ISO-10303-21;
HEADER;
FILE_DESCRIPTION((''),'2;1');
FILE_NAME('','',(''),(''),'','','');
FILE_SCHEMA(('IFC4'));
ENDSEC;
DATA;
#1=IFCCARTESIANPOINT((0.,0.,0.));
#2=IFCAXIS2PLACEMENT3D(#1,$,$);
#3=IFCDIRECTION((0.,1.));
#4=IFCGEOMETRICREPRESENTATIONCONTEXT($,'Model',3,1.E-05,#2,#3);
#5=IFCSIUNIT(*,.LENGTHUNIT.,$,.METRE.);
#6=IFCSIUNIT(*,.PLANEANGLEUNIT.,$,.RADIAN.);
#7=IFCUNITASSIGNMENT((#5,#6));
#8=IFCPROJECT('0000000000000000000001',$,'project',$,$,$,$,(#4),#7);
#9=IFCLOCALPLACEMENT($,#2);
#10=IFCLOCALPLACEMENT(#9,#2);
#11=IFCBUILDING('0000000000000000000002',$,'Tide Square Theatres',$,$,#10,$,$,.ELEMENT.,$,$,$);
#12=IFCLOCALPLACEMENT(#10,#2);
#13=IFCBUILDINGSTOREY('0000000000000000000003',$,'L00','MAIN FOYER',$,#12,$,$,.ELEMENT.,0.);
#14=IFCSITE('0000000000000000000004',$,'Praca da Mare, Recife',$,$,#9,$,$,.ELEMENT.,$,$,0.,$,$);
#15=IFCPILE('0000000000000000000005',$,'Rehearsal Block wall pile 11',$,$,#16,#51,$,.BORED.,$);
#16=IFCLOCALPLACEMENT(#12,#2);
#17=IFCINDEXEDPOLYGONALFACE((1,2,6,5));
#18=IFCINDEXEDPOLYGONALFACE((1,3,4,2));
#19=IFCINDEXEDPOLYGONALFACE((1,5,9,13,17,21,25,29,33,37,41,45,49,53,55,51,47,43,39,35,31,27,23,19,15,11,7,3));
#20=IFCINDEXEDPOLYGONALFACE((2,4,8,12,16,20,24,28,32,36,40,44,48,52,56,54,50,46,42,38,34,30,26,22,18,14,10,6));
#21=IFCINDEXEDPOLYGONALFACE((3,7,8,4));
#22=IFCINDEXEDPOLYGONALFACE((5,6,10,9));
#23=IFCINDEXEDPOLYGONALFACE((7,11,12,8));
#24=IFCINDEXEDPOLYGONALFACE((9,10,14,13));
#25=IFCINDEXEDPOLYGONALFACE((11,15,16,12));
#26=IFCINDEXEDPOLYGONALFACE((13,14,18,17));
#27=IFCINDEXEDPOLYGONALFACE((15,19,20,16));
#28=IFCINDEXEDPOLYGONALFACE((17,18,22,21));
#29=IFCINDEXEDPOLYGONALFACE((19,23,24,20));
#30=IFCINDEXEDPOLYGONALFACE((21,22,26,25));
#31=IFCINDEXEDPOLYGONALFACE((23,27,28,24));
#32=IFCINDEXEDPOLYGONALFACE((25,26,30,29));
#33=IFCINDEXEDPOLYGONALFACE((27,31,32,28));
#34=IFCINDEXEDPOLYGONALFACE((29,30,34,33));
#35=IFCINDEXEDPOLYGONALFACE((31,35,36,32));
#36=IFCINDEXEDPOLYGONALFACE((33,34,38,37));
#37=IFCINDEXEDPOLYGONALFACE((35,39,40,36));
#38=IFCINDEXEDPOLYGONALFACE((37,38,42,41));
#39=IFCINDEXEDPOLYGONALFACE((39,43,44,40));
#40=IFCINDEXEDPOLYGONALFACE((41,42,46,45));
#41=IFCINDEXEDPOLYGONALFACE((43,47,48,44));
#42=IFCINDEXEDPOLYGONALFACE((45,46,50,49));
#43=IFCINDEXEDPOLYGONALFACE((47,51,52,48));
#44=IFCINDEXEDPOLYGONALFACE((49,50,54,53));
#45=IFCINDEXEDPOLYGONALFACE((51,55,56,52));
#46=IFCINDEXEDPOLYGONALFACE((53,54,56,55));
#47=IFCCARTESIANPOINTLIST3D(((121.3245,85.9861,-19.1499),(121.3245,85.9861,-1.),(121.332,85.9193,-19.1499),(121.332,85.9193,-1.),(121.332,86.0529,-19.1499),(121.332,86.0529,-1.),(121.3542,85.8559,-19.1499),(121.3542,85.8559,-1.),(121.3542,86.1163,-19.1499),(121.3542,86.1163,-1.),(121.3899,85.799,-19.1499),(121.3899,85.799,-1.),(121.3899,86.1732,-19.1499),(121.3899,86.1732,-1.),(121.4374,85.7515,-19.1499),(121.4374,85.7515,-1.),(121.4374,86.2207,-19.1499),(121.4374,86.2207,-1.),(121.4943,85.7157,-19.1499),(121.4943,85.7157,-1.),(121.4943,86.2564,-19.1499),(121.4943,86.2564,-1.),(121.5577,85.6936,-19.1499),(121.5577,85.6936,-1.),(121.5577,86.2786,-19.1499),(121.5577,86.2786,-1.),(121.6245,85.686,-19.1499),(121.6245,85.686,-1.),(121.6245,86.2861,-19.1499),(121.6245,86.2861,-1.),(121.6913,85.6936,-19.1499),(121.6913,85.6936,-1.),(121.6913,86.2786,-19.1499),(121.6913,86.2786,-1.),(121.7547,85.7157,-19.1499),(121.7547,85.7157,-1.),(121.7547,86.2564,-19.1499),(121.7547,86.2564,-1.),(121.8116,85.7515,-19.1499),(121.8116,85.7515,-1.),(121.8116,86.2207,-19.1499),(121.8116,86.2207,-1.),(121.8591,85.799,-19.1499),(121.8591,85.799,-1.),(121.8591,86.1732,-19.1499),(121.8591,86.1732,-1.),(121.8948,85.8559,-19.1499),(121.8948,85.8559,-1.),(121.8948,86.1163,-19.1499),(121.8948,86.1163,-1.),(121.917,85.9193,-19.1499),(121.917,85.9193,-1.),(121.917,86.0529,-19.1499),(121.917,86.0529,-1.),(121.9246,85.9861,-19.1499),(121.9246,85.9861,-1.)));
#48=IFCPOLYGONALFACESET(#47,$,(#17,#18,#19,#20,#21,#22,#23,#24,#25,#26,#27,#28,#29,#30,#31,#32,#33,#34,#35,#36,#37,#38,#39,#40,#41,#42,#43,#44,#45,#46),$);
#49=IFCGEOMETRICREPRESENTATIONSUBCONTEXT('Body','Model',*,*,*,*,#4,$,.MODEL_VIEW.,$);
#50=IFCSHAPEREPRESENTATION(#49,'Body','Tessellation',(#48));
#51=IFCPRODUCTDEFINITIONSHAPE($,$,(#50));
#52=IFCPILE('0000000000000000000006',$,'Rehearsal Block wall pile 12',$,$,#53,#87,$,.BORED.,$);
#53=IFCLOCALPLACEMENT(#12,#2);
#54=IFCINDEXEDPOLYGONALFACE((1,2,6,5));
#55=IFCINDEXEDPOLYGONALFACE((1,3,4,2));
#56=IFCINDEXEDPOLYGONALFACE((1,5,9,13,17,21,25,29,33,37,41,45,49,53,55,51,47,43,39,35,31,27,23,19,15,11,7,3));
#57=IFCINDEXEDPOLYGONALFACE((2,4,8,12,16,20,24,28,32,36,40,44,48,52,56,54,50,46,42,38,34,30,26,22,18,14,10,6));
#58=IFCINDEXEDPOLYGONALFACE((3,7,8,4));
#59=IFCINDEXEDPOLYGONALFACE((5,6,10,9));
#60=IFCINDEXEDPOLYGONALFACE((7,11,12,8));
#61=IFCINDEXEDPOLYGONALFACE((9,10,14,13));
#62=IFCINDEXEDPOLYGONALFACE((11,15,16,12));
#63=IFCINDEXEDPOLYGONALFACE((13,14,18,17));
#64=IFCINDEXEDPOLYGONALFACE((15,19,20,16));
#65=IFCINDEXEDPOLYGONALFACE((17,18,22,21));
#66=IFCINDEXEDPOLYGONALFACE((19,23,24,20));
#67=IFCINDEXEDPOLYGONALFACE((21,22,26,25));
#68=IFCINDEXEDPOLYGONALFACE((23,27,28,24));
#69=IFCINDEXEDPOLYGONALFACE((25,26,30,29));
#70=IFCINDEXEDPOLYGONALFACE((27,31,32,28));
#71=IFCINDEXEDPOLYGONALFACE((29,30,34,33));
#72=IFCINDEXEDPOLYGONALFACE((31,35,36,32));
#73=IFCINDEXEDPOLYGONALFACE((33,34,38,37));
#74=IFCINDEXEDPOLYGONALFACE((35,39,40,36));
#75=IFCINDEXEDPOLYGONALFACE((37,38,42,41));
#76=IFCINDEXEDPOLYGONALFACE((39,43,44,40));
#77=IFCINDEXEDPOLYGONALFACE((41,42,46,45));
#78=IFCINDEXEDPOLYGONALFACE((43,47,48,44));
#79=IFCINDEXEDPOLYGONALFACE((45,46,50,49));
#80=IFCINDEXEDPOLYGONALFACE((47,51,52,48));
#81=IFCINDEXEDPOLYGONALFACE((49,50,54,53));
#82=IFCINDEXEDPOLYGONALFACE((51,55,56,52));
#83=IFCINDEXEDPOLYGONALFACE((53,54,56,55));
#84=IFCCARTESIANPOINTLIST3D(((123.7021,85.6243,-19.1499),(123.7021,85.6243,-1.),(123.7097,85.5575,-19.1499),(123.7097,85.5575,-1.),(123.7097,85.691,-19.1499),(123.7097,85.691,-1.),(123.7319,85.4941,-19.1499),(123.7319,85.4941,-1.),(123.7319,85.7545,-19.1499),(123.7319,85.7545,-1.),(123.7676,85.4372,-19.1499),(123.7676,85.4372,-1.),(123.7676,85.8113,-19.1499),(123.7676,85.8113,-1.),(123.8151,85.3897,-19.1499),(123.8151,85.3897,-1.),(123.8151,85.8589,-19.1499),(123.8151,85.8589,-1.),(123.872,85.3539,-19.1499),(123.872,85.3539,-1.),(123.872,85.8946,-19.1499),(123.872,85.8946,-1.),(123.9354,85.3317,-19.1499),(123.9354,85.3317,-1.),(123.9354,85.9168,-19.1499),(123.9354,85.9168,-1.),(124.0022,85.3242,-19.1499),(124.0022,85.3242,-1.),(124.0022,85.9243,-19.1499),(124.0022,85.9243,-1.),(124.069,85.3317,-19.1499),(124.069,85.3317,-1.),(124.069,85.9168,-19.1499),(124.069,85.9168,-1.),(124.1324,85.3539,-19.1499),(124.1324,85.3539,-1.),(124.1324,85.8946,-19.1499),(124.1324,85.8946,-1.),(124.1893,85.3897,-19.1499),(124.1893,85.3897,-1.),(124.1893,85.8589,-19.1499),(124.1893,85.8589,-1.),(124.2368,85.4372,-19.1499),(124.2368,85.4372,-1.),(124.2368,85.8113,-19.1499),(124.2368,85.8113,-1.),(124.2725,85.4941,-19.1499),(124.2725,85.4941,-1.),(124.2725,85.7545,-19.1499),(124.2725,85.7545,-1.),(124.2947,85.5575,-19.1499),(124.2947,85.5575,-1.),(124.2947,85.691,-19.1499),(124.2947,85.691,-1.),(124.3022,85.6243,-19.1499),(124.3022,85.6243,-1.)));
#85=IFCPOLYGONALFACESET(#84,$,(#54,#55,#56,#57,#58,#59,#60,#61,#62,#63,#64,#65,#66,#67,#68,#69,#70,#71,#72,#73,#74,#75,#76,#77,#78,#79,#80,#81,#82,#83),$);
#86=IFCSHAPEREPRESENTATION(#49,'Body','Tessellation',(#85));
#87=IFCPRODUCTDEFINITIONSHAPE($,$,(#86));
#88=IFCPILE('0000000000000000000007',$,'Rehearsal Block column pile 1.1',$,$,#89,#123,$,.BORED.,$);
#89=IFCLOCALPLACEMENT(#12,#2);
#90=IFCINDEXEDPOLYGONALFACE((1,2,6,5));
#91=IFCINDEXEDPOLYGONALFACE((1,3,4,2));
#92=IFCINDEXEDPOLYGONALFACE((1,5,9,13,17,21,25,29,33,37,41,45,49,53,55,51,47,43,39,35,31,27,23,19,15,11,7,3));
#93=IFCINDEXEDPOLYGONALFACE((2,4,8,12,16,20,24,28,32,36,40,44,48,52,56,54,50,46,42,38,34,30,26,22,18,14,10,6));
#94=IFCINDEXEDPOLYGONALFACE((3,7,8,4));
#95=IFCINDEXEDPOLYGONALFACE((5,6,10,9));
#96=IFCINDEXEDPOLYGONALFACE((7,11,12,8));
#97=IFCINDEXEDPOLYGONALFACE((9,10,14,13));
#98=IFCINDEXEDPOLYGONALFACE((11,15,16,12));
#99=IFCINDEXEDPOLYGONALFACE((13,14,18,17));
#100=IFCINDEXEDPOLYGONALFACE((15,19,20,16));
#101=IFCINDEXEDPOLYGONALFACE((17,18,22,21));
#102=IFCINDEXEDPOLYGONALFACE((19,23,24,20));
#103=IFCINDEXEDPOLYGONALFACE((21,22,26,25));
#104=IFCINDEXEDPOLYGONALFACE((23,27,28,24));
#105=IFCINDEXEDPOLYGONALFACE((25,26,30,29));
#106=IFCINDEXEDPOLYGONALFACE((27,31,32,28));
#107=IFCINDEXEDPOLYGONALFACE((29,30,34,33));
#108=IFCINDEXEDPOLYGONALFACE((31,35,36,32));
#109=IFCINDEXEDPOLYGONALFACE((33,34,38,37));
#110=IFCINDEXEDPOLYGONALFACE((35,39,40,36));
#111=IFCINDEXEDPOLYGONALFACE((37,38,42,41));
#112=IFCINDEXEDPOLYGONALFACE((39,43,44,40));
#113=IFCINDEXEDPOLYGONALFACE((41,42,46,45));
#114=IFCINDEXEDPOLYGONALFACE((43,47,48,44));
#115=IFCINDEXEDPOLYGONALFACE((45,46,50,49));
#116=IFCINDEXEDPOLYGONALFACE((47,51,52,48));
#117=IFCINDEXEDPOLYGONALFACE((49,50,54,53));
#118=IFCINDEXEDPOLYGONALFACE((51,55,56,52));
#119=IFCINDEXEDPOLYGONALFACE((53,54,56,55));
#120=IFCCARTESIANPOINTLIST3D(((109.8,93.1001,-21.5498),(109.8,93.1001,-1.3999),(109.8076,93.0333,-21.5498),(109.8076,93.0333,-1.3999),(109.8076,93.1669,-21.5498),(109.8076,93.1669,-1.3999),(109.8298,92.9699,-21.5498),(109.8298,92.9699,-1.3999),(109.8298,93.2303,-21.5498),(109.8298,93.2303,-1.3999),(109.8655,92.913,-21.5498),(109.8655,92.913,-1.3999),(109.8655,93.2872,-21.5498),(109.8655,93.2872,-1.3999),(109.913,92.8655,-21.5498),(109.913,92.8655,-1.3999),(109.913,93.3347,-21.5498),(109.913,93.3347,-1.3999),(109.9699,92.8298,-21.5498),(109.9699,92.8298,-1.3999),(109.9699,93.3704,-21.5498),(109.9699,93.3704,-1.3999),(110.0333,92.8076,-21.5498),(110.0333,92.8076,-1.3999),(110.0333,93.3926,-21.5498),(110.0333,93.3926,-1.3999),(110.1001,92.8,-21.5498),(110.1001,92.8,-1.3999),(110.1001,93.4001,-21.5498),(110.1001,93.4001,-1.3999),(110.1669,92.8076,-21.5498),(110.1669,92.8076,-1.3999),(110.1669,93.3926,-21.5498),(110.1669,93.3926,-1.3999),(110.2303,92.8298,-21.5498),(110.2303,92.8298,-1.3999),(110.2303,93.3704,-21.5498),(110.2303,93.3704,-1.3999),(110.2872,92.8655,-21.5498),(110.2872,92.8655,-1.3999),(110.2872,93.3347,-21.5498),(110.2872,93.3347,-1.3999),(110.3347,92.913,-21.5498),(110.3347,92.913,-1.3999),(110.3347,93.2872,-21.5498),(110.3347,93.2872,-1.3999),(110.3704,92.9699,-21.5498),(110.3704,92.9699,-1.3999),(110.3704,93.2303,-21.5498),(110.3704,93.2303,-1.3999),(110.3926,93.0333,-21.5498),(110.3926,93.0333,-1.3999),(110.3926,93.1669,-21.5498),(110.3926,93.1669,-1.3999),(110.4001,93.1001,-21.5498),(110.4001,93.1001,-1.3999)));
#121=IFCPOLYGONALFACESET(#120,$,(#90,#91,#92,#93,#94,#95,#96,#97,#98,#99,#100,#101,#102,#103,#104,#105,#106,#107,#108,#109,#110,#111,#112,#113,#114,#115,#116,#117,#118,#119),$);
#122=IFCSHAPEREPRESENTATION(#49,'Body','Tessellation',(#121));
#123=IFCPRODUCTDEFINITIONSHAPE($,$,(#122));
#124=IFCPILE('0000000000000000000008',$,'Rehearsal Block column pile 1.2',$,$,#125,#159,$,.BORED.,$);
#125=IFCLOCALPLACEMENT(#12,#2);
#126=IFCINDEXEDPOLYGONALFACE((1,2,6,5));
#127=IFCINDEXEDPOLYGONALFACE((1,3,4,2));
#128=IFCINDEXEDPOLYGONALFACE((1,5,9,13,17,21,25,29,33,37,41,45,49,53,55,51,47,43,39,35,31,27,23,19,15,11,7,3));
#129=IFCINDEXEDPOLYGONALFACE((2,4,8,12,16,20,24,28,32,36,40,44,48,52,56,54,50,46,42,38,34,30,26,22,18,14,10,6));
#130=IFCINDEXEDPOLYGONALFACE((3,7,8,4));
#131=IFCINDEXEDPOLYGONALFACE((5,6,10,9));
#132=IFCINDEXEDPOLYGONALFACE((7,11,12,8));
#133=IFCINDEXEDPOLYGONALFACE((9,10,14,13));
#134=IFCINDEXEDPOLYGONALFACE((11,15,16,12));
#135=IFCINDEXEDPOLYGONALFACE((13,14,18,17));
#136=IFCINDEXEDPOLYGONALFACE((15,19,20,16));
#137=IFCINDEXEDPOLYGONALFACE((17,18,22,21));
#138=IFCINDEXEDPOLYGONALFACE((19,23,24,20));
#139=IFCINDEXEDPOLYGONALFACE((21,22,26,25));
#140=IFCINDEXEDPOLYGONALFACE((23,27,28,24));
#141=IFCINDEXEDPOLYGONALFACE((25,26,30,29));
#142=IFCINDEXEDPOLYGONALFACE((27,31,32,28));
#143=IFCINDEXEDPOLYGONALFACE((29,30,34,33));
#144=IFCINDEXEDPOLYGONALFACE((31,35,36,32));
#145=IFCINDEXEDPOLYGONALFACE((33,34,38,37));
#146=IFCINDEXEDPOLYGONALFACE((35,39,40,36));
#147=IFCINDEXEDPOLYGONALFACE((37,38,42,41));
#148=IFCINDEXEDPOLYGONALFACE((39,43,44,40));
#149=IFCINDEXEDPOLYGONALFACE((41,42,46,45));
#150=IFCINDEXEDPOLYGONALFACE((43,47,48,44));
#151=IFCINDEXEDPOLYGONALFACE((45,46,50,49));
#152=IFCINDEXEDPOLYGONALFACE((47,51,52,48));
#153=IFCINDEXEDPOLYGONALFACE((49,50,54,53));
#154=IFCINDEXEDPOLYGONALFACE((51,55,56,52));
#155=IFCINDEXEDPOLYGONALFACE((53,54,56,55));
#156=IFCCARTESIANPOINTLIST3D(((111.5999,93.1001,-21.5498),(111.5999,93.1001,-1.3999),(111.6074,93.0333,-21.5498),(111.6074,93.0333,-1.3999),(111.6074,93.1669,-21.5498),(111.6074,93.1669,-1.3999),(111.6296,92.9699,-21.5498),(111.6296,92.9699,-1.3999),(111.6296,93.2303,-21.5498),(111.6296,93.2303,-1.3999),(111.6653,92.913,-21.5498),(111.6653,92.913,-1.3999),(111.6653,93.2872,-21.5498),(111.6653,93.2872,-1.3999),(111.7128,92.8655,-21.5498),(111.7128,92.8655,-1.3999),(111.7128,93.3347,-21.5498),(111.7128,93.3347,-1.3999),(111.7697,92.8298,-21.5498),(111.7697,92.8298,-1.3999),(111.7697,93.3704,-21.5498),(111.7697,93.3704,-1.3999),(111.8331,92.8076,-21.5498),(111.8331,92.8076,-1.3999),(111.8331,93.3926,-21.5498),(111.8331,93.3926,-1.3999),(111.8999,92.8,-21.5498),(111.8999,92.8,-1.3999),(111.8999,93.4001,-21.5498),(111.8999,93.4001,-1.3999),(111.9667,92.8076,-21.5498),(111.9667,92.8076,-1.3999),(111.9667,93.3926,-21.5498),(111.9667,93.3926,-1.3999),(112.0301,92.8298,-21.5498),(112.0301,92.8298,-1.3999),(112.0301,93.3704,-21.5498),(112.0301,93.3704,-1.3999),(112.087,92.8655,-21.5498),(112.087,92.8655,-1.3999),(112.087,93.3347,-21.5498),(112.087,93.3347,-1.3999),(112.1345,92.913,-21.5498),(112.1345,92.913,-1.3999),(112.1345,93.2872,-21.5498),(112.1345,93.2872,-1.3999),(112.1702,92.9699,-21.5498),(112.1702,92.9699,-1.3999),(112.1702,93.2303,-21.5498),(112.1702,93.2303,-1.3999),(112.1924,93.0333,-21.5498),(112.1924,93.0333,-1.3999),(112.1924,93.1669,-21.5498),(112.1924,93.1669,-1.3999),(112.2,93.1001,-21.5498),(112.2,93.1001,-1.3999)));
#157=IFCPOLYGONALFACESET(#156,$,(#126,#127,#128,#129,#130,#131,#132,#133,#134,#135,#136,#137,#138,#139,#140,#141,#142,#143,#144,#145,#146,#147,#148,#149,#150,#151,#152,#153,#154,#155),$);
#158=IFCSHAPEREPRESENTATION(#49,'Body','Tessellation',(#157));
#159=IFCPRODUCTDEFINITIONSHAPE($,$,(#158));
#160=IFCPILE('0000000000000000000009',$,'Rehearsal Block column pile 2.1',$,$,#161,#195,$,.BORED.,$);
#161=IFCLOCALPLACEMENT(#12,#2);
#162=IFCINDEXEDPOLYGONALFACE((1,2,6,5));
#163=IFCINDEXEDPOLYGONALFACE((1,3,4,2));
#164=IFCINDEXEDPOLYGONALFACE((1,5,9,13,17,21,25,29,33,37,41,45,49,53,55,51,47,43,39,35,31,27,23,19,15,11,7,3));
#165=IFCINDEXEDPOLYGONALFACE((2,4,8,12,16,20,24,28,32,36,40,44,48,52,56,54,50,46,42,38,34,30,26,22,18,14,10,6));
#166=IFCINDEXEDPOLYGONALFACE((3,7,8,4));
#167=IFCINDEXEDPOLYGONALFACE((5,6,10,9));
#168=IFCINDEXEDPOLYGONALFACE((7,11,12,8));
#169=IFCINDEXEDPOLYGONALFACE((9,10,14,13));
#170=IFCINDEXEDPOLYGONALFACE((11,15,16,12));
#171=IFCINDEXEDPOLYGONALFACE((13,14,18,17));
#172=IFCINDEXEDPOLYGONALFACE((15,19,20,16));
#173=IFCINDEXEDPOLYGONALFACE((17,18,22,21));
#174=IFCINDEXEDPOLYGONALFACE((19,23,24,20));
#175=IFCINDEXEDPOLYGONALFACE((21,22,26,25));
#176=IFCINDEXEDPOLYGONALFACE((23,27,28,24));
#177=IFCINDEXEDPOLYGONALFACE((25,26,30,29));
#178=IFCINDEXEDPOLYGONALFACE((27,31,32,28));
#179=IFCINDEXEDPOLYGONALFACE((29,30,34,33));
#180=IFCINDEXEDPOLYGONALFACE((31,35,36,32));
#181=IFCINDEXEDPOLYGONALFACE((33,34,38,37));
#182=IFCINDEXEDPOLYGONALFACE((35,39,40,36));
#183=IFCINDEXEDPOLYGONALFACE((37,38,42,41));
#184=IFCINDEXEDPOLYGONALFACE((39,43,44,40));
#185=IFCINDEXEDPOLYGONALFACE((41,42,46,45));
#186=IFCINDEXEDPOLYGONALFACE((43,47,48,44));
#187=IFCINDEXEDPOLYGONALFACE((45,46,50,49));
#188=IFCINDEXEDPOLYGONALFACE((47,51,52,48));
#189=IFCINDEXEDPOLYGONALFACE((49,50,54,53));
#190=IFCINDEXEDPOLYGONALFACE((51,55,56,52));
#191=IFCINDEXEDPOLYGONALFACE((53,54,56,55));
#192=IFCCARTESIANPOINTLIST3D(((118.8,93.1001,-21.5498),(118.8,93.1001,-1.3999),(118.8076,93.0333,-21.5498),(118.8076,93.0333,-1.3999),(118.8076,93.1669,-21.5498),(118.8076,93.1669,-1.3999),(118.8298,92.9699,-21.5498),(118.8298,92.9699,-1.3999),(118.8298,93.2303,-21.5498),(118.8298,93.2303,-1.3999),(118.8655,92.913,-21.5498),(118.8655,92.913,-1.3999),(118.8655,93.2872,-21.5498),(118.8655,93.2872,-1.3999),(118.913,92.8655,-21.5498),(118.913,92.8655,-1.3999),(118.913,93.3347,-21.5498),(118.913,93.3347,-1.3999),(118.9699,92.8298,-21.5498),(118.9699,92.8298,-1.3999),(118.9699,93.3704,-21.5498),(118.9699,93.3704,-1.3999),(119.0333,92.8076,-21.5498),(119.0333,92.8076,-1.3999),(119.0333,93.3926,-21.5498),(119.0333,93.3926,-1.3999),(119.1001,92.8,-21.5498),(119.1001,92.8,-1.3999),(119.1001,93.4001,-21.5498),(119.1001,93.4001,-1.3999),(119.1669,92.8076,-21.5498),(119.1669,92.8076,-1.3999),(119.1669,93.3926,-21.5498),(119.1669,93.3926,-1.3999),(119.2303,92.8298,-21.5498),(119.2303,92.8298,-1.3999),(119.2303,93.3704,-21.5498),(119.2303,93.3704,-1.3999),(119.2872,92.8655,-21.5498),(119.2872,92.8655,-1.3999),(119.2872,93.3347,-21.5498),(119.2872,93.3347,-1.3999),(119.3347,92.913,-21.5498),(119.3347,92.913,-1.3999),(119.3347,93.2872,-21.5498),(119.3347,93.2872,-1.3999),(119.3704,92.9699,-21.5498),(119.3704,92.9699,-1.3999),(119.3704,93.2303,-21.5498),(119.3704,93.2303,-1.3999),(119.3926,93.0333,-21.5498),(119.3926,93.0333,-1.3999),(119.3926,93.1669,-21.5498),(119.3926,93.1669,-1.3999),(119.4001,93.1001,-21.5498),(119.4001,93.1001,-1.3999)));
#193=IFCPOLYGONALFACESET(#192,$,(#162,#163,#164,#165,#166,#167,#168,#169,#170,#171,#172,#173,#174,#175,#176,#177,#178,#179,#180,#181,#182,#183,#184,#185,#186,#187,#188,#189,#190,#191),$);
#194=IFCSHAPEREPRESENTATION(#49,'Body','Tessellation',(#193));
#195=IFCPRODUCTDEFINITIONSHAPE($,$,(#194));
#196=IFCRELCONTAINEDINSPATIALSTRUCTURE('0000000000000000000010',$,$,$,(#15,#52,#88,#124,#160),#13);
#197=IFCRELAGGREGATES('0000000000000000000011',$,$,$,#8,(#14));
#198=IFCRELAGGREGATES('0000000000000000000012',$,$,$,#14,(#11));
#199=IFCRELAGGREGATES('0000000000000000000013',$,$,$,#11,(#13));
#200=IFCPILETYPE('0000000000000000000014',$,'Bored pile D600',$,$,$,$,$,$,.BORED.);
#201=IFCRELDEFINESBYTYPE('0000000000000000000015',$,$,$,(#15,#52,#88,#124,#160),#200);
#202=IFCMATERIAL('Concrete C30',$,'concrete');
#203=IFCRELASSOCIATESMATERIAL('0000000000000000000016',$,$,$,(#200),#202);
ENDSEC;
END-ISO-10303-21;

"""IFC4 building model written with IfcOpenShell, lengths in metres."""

from ifc_helpers import new_model, si_unit, direction, frame, origin, origin_2d, place, context, subcontext, project, spatial, circle, extrude, material, material_profile, profile_set, type_object, element, save


model = new_model("IFC4")

# Units and contexts
model_context = context("Model", 3, precision=1e-05, world=origin(), true_north=direction((0.0, 1.0)))
body_context = subcontext(model_context, "Body", "Model", "MODEL_VIEW")
ifc_project = project(units=[si_unit("LENGTHUNIT", "METRE"), si_unit("PLANEANGLEUNIT", "RADIAN")], contexts=[model_context])

# Site, building, storey
site_placement = place(None, origin())
site = spatial("IfcSite", under=ifc_project, at=site_placement, Name="Praca da Mare, Recife", CompositionType="ELEMENT", RefElevation=0.0)
building_placement = place(site_placement, origin())
building = spatial("IfcBuilding", under=site, at=building_placement, Name="Tide Square Theatres", CompositionType="ELEMENT")
storey_placement = place(building_placement, origin())
storey = spatial("IfcBuildingStorey", under=building, at=storey_placement, Name="L00", Description="MAIN FOYER", CompositionType="ELEMENT", Elevation=0.0)

# Piles
ifc_material_1 = material(Name="Concrete C30", Category="concrete")
ifc_material_profile_1 = material_profile(ifc_material_1, circle(Radius=0.3, at=origin_2d()))
ifc_profile_set_1 = profile_set([ifc_material_profile_1], Name="Concrete C30")
pile_type = type_object("IfcPileType", Name="Bored pile D600", PredefinedType="BORED", material=ifc_profile_set_1)
for number, where, z_axis, x_axis, name in (
    (1, (121.6245, 85.9861, -1.0), (0.0, 0.0, -1.0), (1.0, 0.0, 0.0), "Rehearsal Block wall pile 11"),
    (2, (124.0022, 85.6243, -1.0), (0.0, 0.0, -1.0), (1.0, 0.0, 0.0), "Rehearsal Block wall pile 12"),
):
    element("IfcPile", number, at=place(storey_placement, frame(where, z_axis=z_axis, x_axis=x_axis)), inside=storey, type_object=pile_type, Name=name, PredefinedType="BORED", context=body_context, shape_type="SweptSolid", body=[
        extrude(circle(Radius=0.3, at=origin_2d()), origin(), (0.0, 0.0, 1.0), 18.1499),
    ])
for number, where, z_axis, x_axis, name in (
    (3, (110.1001, 93.1001, -1.3999), (0.0, 0.0, -1.0), (1.0, 0.0, 0.0), "Rehearsal Block column pile 1.1"),
    (4, (111.8999, 93.1001, -1.3999), (0.0, 0.0, -1.0), (1.0, 0.0, 0.0), "Rehearsal Block column pile 1.2"),
    (5, (119.1001, 93.1001, -1.3999), (0.0, 0.0, -1.0), (1.0, 0.0, 0.0), "Rehearsal Block column pile 2.1"),
):
    element("IfcPile", number, at=place(storey_placement, frame(where, z_axis=z_axis, x_axis=x_axis)), inside=storey, type_object=pile_type, Name=name, PredefinedType="BORED", context=body_context, shape_type="SweptSolid", body=[
        extrude(circle(Radius=0.3, at=origin_2d()), origin(), (0.0, 0.0, 1.0), 20.1499),
    ])

save(model, "model.ifc")
